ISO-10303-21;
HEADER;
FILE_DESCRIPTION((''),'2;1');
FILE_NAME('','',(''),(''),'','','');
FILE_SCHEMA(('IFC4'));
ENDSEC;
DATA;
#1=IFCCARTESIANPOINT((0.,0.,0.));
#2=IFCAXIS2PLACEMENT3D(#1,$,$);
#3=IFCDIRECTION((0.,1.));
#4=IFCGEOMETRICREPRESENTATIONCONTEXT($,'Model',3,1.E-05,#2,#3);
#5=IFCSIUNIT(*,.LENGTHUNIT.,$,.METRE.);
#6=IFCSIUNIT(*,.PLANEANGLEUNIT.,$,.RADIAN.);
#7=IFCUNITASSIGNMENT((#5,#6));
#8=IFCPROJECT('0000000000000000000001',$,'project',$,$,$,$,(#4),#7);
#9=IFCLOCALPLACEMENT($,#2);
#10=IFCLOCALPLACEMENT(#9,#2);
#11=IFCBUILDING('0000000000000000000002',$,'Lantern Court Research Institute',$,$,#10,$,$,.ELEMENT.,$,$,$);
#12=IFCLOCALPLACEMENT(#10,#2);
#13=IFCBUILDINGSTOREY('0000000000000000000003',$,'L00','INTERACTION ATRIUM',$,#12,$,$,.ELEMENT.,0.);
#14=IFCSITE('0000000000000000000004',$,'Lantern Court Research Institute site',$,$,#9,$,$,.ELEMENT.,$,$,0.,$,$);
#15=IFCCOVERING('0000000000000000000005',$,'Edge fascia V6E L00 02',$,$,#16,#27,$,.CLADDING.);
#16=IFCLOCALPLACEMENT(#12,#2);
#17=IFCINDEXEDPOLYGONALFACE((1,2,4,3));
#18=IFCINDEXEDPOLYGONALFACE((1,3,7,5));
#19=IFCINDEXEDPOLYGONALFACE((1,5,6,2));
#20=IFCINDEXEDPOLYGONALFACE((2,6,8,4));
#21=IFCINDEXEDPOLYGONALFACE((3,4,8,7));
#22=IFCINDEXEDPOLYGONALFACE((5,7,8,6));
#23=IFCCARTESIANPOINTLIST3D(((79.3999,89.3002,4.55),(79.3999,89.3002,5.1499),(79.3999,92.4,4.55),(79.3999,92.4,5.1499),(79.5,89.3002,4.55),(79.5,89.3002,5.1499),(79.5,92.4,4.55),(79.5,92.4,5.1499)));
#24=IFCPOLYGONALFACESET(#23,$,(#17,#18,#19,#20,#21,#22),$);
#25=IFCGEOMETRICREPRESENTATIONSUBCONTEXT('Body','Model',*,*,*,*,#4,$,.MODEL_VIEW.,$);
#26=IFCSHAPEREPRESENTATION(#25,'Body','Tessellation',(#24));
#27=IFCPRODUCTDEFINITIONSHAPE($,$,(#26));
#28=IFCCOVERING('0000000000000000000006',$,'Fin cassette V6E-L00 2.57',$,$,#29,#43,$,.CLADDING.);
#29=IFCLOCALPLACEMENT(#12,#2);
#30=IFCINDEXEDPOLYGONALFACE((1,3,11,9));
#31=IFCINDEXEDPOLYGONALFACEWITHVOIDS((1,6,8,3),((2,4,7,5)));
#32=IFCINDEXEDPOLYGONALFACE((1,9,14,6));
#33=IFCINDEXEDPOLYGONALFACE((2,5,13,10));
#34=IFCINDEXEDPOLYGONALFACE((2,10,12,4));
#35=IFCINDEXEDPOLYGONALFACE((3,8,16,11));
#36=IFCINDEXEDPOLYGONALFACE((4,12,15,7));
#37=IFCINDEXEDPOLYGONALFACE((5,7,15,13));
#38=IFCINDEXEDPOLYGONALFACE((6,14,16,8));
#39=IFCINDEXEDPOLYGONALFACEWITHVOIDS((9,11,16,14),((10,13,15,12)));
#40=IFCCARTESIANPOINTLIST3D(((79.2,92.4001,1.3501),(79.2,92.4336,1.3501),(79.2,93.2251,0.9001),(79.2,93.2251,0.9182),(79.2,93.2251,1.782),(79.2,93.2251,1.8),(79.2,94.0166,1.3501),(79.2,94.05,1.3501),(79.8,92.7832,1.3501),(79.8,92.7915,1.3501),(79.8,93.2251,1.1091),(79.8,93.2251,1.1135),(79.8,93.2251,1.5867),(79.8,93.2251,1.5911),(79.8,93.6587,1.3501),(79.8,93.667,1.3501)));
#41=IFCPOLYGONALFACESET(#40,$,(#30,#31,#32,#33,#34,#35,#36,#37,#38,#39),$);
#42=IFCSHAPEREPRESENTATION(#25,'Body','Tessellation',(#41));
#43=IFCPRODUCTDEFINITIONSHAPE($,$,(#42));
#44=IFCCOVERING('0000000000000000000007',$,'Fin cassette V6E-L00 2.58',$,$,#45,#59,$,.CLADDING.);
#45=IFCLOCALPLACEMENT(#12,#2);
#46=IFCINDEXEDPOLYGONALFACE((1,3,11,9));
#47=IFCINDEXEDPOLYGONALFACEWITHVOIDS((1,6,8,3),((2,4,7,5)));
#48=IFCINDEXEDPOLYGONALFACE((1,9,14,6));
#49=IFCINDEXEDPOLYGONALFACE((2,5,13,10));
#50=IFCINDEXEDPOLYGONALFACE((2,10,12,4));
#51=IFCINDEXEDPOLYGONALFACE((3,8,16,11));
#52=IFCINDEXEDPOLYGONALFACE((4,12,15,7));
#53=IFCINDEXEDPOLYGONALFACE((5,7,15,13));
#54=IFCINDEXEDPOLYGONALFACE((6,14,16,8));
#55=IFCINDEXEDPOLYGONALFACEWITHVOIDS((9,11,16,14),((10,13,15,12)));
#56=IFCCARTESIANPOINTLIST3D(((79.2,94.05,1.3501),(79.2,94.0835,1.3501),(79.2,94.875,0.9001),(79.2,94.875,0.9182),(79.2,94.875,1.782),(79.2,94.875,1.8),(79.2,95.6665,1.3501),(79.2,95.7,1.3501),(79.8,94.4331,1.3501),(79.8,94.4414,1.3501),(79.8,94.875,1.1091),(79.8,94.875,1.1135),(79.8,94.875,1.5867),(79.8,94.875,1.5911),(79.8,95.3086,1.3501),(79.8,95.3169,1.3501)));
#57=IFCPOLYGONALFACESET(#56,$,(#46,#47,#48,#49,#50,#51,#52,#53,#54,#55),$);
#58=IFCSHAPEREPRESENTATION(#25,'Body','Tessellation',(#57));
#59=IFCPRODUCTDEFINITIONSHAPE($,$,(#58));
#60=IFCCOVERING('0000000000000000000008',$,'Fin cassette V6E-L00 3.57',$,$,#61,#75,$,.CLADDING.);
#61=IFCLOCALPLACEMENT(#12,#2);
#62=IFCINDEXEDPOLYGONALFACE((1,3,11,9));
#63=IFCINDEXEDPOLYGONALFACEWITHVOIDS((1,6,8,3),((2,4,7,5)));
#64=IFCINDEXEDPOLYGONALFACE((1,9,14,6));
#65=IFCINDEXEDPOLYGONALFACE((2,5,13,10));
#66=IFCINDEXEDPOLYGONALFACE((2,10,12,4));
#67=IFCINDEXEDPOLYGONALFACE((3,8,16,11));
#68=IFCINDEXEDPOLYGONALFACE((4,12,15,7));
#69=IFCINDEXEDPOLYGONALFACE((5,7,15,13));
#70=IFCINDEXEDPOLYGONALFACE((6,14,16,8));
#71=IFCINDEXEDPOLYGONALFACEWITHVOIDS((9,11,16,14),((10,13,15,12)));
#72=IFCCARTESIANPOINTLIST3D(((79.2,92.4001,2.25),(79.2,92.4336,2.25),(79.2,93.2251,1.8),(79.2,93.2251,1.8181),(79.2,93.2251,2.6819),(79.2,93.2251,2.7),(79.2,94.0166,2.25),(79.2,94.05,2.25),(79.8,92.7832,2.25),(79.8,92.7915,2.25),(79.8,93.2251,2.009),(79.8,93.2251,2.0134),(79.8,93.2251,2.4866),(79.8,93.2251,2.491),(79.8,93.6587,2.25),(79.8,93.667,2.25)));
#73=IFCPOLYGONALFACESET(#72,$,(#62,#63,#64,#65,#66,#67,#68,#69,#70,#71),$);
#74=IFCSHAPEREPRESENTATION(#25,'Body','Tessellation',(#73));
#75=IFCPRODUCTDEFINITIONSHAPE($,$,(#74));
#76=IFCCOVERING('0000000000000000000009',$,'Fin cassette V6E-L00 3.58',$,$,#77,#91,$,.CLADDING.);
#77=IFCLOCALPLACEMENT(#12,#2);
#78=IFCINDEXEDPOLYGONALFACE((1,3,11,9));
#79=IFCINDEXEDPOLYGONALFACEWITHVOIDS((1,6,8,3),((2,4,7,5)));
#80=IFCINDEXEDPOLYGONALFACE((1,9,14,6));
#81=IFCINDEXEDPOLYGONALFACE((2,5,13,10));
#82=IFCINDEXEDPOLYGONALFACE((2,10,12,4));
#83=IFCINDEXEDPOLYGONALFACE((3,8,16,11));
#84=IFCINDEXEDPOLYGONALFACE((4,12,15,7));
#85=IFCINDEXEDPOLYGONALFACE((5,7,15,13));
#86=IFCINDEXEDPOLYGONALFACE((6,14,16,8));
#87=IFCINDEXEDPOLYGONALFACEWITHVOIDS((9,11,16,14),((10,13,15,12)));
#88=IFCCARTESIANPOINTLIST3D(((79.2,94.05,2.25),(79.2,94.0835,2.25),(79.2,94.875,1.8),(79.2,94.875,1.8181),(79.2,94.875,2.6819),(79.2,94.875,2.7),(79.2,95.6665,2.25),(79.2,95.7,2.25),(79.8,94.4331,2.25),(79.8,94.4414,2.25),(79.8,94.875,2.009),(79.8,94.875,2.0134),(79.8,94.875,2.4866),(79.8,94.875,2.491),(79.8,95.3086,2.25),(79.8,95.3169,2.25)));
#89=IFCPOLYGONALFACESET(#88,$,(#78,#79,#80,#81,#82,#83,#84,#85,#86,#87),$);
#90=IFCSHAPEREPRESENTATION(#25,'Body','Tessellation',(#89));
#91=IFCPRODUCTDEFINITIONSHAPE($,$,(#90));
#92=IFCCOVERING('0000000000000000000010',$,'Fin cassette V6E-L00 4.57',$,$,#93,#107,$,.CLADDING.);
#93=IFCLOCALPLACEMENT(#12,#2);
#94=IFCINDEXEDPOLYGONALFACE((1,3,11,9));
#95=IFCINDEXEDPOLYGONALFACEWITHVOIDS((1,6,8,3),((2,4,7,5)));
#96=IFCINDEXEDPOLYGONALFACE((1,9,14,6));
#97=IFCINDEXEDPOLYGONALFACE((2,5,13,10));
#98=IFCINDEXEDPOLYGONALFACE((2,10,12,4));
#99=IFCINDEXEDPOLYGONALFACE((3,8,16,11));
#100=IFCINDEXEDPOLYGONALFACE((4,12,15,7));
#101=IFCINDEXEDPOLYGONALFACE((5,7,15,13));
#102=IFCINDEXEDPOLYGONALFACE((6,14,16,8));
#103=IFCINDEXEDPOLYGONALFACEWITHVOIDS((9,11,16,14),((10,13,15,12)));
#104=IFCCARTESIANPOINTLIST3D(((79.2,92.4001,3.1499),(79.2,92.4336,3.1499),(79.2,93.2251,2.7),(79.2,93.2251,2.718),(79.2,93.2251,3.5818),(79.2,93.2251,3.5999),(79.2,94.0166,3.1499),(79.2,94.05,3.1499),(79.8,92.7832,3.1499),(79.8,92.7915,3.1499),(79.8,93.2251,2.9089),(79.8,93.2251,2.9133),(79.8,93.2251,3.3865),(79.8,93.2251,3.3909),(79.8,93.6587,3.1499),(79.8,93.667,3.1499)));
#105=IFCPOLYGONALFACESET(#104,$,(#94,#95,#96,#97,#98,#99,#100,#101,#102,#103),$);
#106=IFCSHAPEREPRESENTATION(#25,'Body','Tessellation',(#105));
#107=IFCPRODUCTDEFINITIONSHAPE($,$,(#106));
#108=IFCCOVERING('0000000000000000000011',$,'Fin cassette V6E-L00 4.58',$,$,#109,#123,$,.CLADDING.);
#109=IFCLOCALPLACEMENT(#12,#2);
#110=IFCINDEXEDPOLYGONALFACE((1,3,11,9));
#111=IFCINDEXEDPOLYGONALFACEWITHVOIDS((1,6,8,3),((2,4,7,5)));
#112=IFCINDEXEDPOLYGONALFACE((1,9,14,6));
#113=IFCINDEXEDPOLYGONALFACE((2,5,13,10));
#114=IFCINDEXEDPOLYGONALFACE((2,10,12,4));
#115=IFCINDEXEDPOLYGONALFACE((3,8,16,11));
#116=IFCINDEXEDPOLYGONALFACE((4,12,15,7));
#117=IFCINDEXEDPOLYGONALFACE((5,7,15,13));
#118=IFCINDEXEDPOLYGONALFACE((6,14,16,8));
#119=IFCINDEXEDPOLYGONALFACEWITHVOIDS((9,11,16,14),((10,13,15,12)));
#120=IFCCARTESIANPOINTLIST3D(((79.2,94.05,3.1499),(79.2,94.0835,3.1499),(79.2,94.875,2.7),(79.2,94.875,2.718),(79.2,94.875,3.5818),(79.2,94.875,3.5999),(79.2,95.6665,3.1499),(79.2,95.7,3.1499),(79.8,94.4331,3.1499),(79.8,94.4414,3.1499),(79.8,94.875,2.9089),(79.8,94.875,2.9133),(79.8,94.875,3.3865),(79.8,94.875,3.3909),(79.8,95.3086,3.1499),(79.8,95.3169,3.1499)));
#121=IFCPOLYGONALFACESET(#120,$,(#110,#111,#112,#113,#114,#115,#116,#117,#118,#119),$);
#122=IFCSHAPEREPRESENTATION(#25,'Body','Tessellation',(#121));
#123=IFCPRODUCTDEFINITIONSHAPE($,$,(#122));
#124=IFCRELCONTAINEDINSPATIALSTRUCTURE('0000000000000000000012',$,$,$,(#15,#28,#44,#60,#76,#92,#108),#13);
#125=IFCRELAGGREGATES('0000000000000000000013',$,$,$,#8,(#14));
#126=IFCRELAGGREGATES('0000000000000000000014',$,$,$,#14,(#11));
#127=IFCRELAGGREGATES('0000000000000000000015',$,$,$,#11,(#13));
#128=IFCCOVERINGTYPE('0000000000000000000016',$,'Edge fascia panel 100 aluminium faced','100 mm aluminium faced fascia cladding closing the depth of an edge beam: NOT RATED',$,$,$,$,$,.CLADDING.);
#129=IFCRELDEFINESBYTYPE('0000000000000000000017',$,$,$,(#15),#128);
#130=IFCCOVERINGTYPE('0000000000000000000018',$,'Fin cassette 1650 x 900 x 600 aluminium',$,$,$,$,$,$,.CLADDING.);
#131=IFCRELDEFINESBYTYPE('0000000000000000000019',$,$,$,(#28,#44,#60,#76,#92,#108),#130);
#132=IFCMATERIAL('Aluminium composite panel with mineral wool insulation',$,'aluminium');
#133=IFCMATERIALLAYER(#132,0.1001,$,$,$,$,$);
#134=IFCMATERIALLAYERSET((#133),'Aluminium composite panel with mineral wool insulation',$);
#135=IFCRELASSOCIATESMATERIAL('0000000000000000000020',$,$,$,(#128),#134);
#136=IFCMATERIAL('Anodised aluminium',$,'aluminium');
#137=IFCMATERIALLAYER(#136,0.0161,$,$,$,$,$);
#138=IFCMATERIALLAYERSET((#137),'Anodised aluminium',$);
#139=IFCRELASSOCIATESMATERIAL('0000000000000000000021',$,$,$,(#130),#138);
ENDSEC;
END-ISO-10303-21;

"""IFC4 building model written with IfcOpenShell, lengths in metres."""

from ifc_helpers import new_model, entity, si_unit, direction, frame, frame_2d, origin, place, context, subcontext, project, spatial, rectangle, extrude, material, layer, layer_set, type_object, element, save


model = new_model("IFC4")

# Units and contexts
model_context = context("Model", 3, precision=1e-05, world=origin(), true_north=direction((0.0, 1.0)))
body_context = subcontext(model_context, "Body", "Model", "MODEL_VIEW")
ifc_project = project(units=[si_unit("LENGTHUNIT", "METRE"), si_unit("PLANEANGLEUNIT", "RADIAN")], contexts=[model_context])

# Site, building, storey
site_placement = place(None, origin())
site = spatial("IfcSite", under=ifc_project, at=site_placement, Name="Lantern Court Research Institute site", CompositionType="ELEMENT", RefElevation=0.0)
building_placement = place(site_placement, origin())
building = spatial("IfcBuilding", under=site, at=building_placement, Name="Lantern Court Research Institute", CompositionType="ELEMENT")
storey_placement = place(building_placement, origin())
storey = spatial("IfcBuildingStorey", under=building, at=storey_placement, Name="L00", Description="INTERACTION ATRIUM", CompositionType="ELEMENT", Elevation=0.0)

# Coverings
ifc_material_1 = material(Name="Aluminium composite panel with mineral wool insulation", Category="aluminium")
ifc_layer_1 = layer(ifc_material_1, 0.1001)
ifc_layer_set_1 = layer_set([ifc_layer_1], Name="Aluminium composite panel with mineral wool insulation")
covering_type_1 = type_object("IfcCoveringType", Name="Edge fascia panel 100 aluminium faced", Description="100 mm aluminium faced fascia cladding closing the depth of an edge beam: NOT RATED", PredefinedType="CLADDING", material=ifc_layer_set_1)
covering_1_placement = place(storey_placement, frame((79.45, 92.3999, 4.55), z_axis=(0.0, 0.0, 1.0), x_axis=(0.0, -1.0, 0.0)))
element("IfcCovering", 1, at=covering_1_placement, inside=storey, type_object=covering_type_1, Name="Edge fascia V6E L00 02", PredefinedType="CLADDING", context=body_context, shape_type="SweptSolid", body=[
    extrude(rectangle(XDim=3.0999, YDim=0.1001, at=frame_2d((1.5498, 0.0))), origin(), (0.0, 0.0, 1.0), 0.5999),
])
ifc_material_2 = material(Name="Anodised aluminium", Category="aluminium")
ifc_layer_2 = layer(ifc_material_2, 0.0161)
ifc_layer_set_2 = layer_set([ifc_layer_2], Name="Anodised aluminium")
covering_type_2 = type_object("IfcCoveringType", Name="Fin cassette 1650 x 900 x 600 aluminium", PredefinedType="CLADDING", material=ifc_layer_set_2)
covering_2_placement = place(storey_placement, frame((79.2, 93.2251, 1.3501), z_axis=(1.0, 0.0, 0.0), x_axis=(0.0, 1.0, 0.0)))
cartesian_point_1 = entity("IfcCartesianPoint", [0.825, 0.0])
cartesian_point_2 = entity("IfcCartesianPoint", [0.7915, 0.0])
cartesian_point_3 = entity("IfcCartesianPoint", [0.4419, 0.0])
cartesian_point_4 = entity("IfcCartesianPoint", [0.4336, 0.0])
element("IfcCovering", 2, at=covering_2_placement, inside=storey, type_object=covering_type_2, Name="Fin cassette V6E-L00 2.57", PredefinedType="CLADDING", context=body_context, shape_type="SweptSolid", body=[
    entity("IfcExtrudedAreaSolidTapered", entity("IfcArbitraryProfileDefWithVoids", "AREA", None, entity("IfcPolyline", [cartesian_point_1, entity("IfcCartesianPoint", [0.0, 0.45]), entity("IfcCartesianPoint", [-0.825, 0.0]), entity("IfcCartesianPoint", [0.0, -0.45]), cartesian_point_1]), [entity("IfcPolyline", [cartesian_point_2, entity("IfcCartesianPoint", [0.0, 0.4319]), entity("IfcCartesianPoint", [-0.7915, 0.0]), entity("IfcCartesianPoint", [0.0, -0.4319]), cartesian_point_2])]), entity("IfcAxis2Placement3D", entity("IfcCartesianPoint", [0.0, 0.0, 0.0])), entity("IfcDirection", [0.0, 0.0, 1.0]), 0.6001, entity("IfcArbitraryProfileDefWithVoids", "AREA", None, entity("IfcPolyline", [cartesian_point_3, entity("IfcCartesianPoint", [0.0, 0.241]), entity("IfcCartesianPoint", [-0.4419, 0.0]), entity("IfcCartesianPoint", [0.0, -0.241]), cartesian_point_3]), [entity("IfcPolyline", [cartesian_point_4, entity("IfcCartesianPoint", [0.0, 0.2366]), entity("IfcCartesianPoint", [-0.4336, 0.0]), entity("IfcCartesianPoint", [0.0, -0.2366]), cartesian_point_4])])),
])
covering_3_placement = place(storey_placement, frame((79.2, 94.875, 1.3501), z_axis=(1.0, 0.0, 0.0), x_axis=(0.0, 1.0, 0.0)))
cartesian_point_5 = entity("IfcCartesianPoint", [0.825, 0.0])
cartesian_point_6 = entity("IfcCartesianPoint", [0.7915, 0.0])
cartesian_point_7 = entity("IfcCartesianPoint", [0.4419, 0.0])
cartesian_point_8 = entity("IfcCartesianPoint", [0.4336, 0.0])
element("IfcCovering", 3, at=covering_3_placement, inside=storey, type_object=covering_type_2, Name="Fin cassette V6E-L00 2.58", PredefinedType="CLADDING", context=body_context, shape_type="SweptSolid", body=[
    entity("IfcExtrudedAreaSolidTapered", entity("IfcArbitraryProfileDefWithVoids", "AREA", None, entity("IfcPolyline", [cartesian_point_5, entity("IfcCartesianPoint", [0.0, 0.45]), entity("IfcCartesianPoint", [-0.825, 0.0]), entity("IfcCartesianPoint", [0.0, -0.45]), cartesian_point_5]), [entity("IfcPolyline", [cartesian_point_6, entity("IfcCartesianPoint", [0.0, 0.4319]), entity("IfcCartesianPoint", [-0.7915, 0.0]), entity("IfcCartesianPoint", [0.0, -0.4319]), cartesian_point_6])]), entity("IfcAxis2Placement3D", entity("IfcCartesianPoint", [0.0, 0.0, 0.0])), entity("IfcDirection", [0.0, 0.0, 1.0]), 0.6001, entity("IfcArbitraryProfileDefWithVoids", "AREA", None, entity("IfcPolyline", [cartesian_point_7, entity("IfcCartesianPoint", [0.0, 0.241]), entity("IfcCartesianPoint", [-0.4419, 0.0]), entity("IfcCartesianPoint", [0.0, -0.241]), cartesian_point_7]), [entity("IfcPolyline", [cartesian_point_8, entity("IfcCartesianPoint", [0.0, 0.2366]), entity("IfcCartesianPoint", [-0.4336, 0.0]), entity("IfcCartesianPoint", [0.0, -0.2366]), cartesian_point_8])])),
])
covering_4_placement = place(storey_placement, frame((79.2, 93.2251, 2.25), z_axis=(1.0, 0.0, 0.0), x_axis=(0.0, 1.0, 0.0)))
cartesian_point_9 = entity("IfcCartesianPoint", [0.825, 0.0])
cartesian_point_10 = entity("IfcCartesianPoint", [0.7915, 0.0])
cartesian_point_11 = entity("IfcCartesianPoint", [0.4419, 0.0])
cartesian_point_12 = entity("IfcCartesianPoint", [0.4336, 0.0])
element("IfcCovering", 4, at=covering_4_placement, inside=storey, type_object=covering_type_2, Name="Fin cassette V6E-L00 3.57", PredefinedType="CLADDING", context=body_context, shape_type="SweptSolid", body=[
    entity("IfcExtrudedAreaSolidTapered", entity("IfcArbitraryProfileDefWithVoids", "AREA", None, entity("IfcPolyline", [cartesian_point_9, entity("IfcCartesianPoint", [0.0, 0.45]), entity("IfcCartesianPoint", [-0.825, 0.0]), entity("IfcCartesianPoint", [0.0, -0.45]), cartesian_point_9]), [entity("IfcPolyline", [cartesian_point_10, entity("IfcCartesianPoint", [0.0, 0.4319]), entity("IfcCartesianPoint", [-0.7915, 0.0]), entity("IfcCartesianPoint", [0.0, -0.4319]), cartesian_point_10])]), entity("IfcAxis2Placement3D", entity("IfcCartesianPoint", [0.0, 0.0, 0.0])), entity("IfcDirection", [0.0, 0.0, 1.0]), 0.6001, entity("IfcArbitraryProfileDefWithVoids", "AREA", None, entity("IfcPolyline", [cartesian_point_11, entity("IfcCartesianPoint", [0.0, 0.241]), entity("IfcCartesianPoint", [-0.4419, 0.0]), entity("IfcCartesianPoint", [0.0, -0.241]), cartesian_point_11]), [entity("IfcPolyline", [cartesian_point_12, entity("IfcCartesianPoint", [0.0, 0.2366]), entity("IfcCartesianPoint", [-0.4336, 0.0]), entity("IfcCartesianPoint", [0.0, -0.2366]), cartesian_point_12])])),
])
covering_5_placement = place(storey_placement, frame((79.2, 94.875, 2.25), z_axis=(1.0, 0.0, 0.0), x_axis=(0.0, 1.0, 0.0)))
cartesian_point_13 = entity("IfcCartesianPoint", [0.825, 0.0])
cartesian_point_14 = entity("IfcCartesianPoint", [0.7915, 0.0])
cartesian_point_15 = entity("IfcCartesianPoint", [0.4419, 0.0])
cartesian_point_16 = entity("IfcCartesianPoint", [0.4336, 0.0])
element("IfcCovering", 5, at=covering_5_placement, inside=storey, type_object=covering_type_2, Name="Fin cassette V6E-L00 3.58", PredefinedType="CLADDING", context=body_context, shape_type="SweptSolid", body=[
    entity("IfcExtrudedAreaSolidTapered", entity("IfcArbitraryProfileDefWithVoids", "AREA", None, entity("IfcPolyline", [cartesian_point_13, entity("IfcCartesianPoint", [0.0, 0.45]), entity("IfcCartesianPoint", [-0.825, 0.0]), entity("IfcCartesianPoint", [0.0, -0.45]), cartesian_point_13]), [entity("IfcPolyline", [cartesian_point_14, entity("IfcCartesianPoint", [0.0, 0.4319]), entity("IfcCartesianPoint", [-0.7915, 0.0]), entity("IfcCartesianPoint", [0.0, -0.4319]), cartesian_point_14])]), entity("IfcAxis2Placement3D", entity("IfcCartesianPoint", [0.0, 0.0, 0.0])), entity("IfcDirection", [0.0, 0.0, 1.0]), 0.6001, entity("IfcArbitraryProfileDefWithVoids", "AREA", None, entity("IfcPolyline", [cartesian_point_15, entity("IfcCartesianPoint", [0.0, 0.241]), entity("IfcCartesianPoint", [-0.4419, 0.0]), entity("IfcCartesianPoint", [0.0, -0.241]), cartesian_point_15]), [entity("IfcPolyline", [cartesian_point_16, entity("IfcCartesianPoint", [0.0, 0.2366]), entity("IfcCartesianPoint", [-0.4336, 0.0]), entity("IfcCartesianPoint", [0.0, -0.2366]), cartesian_point_16])])),
])
covering_6_placement = place(storey_placement, frame((79.2, 93.2251, 3.1499), z_axis=(1.0, 0.0, 0.0), x_axis=(0.0, 1.0, 0.0)))
cartesian_point_17 = entity("IfcCartesianPoint", [0.825, 0.0])
cartesian_point_18 = entity("IfcCartesianPoint", [0.7915, 0.0])
cartesian_point_19 = entity("IfcCartesianPoint", [0.4419, 0.0])
cartesian_point_20 = entity("IfcCartesianPoint", [0.4336, 0.0])
element("IfcCovering", 6, at=covering_6_placement, inside=storey, type_object=covering_type_2, Name="Fin cassette V6E-L00 4.57", PredefinedType="CLADDING", context=body_context, shape_type="SweptSolid", body=[
    entity("IfcExtrudedAreaSolidTapered", entity("IfcArbitraryProfileDefWithVoids", "AREA", None, entity("IfcPolyline", [cartesian_point_17, entity("IfcCartesianPoint", [0.0, 0.45]), entity("IfcCartesianPoint", [-0.825, 0.0]), entity("IfcCartesianPoint", [0.0, -0.45]), cartesian_point_17]), [entity("IfcPolyline", [cartesian_point_18, entity("IfcCartesianPoint", [0.0, 0.4319]), entity("IfcCartesianPoint", [-0.7915, 0.0]), entity("IfcCartesianPoint", [0.0, -0.4319]), cartesian_point_18])]), entity("IfcAxis2Placement3D", entity("IfcCartesianPoint", [0.0, 0.0, 0.0])), entity("IfcDirection", [0.0, 0.0, 1.0]), 0.6001, entity("IfcArbitraryProfileDefWithVoids", "AREA", None, entity("IfcPolyline", [cartesian_point_19, entity("IfcCartesianPoint", [0.0, 0.241]), entity("IfcCartesianPoint", [-0.4419, 0.0]), entity("IfcCartesianPoint", [0.0, -0.241]), cartesian_point_19]), [entity("IfcPolyline", [cartesian_point_20, entity("IfcCartesianPoint", [0.0, 0.2366]), entity("IfcCartesianPoint", [-0.4336, 0.0]), entity("IfcCartesianPoint", [0.0, -0.2366]), cartesian_point_20])])),
])
covering_7_placement = place(storey_placement, frame((79.2, 94.875, 3.1499), z_axis=(1.0, 0.0, 0.0), x_axis=(0.0, 1.0, 0.0)))
cartesian_point_21 = entity("IfcCartesianPoint", [0.825, 0.0])
cartesian_point_22 = entity("IfcCartesianPoint", [0.7915, 0.0])
cartesian_point_23 = entity("IfcCartesianPoint", [0.4419, 0.0])
cartesian_point_24 = entity("IfcCartesianPoint", [0.4336, 0.0])
element("IfcCovering", 7, at=covering_7_placement, inside=storey, type_object=covering_type_2, Name="Fin cassette V6E-L00 4.58", PredefinedType="CLADDING", context=body_context, shape_type="SweptSolid", body=[
    entity("IfcExtrudedAreaSolidTapered", entity("IfcArbitraryProfileDefWithVoids", "AREA", None, entity("IfcPolyline", [cartesian_point_21, entity("IfcCartesianPoint", [0.0, 0.45]), entity("IfcCartesianPoint", [-0.825, 0.0]), entity("IfcCartesianPoint", [0.0, -0.45]), cartesian_point_21]), [entity("IfcPolyline", [cartesian_point_22, entity("IfcCartesianPoint", [0.0, 0.4319]), entity("IfcCartesianPoint", [-0.7915, 0.0]), entity("IfcCartesianPoint", [0.0, -0.4319]), cartesian_point_22])]), entity("IfcAxis2Placement3D", entity("IfcCartesianPoint", [0.0, 0.0, 0.0])), entity("IfcDirection", [0.0, 0.0, 1.0]), 0.6001, entity("IfcArbitraryProfileDefWithVoids", "AREA", None, entity("IfcPolyline", [cartesian_point_23, entity("IfcCartesianPoint", [0.0, 0.241]), entity("IfcCartesianPoint", [-0.4419, 0.0]), entity("IfcCartesianPoint", [0.0, -0.241]), cartesian_point_23]), [entity("IfcPolyline", [cartesian_point_24, entity("IfcCartesianPoint", [0.0, 0.2366]), entity("IfcCartesianPoint", [-0.4336, 0.0]), entity("IfcCartesianPoint", [0.0, -0.2366]), cartesian_point_24])])),
])

save(model, "model.ifc")
